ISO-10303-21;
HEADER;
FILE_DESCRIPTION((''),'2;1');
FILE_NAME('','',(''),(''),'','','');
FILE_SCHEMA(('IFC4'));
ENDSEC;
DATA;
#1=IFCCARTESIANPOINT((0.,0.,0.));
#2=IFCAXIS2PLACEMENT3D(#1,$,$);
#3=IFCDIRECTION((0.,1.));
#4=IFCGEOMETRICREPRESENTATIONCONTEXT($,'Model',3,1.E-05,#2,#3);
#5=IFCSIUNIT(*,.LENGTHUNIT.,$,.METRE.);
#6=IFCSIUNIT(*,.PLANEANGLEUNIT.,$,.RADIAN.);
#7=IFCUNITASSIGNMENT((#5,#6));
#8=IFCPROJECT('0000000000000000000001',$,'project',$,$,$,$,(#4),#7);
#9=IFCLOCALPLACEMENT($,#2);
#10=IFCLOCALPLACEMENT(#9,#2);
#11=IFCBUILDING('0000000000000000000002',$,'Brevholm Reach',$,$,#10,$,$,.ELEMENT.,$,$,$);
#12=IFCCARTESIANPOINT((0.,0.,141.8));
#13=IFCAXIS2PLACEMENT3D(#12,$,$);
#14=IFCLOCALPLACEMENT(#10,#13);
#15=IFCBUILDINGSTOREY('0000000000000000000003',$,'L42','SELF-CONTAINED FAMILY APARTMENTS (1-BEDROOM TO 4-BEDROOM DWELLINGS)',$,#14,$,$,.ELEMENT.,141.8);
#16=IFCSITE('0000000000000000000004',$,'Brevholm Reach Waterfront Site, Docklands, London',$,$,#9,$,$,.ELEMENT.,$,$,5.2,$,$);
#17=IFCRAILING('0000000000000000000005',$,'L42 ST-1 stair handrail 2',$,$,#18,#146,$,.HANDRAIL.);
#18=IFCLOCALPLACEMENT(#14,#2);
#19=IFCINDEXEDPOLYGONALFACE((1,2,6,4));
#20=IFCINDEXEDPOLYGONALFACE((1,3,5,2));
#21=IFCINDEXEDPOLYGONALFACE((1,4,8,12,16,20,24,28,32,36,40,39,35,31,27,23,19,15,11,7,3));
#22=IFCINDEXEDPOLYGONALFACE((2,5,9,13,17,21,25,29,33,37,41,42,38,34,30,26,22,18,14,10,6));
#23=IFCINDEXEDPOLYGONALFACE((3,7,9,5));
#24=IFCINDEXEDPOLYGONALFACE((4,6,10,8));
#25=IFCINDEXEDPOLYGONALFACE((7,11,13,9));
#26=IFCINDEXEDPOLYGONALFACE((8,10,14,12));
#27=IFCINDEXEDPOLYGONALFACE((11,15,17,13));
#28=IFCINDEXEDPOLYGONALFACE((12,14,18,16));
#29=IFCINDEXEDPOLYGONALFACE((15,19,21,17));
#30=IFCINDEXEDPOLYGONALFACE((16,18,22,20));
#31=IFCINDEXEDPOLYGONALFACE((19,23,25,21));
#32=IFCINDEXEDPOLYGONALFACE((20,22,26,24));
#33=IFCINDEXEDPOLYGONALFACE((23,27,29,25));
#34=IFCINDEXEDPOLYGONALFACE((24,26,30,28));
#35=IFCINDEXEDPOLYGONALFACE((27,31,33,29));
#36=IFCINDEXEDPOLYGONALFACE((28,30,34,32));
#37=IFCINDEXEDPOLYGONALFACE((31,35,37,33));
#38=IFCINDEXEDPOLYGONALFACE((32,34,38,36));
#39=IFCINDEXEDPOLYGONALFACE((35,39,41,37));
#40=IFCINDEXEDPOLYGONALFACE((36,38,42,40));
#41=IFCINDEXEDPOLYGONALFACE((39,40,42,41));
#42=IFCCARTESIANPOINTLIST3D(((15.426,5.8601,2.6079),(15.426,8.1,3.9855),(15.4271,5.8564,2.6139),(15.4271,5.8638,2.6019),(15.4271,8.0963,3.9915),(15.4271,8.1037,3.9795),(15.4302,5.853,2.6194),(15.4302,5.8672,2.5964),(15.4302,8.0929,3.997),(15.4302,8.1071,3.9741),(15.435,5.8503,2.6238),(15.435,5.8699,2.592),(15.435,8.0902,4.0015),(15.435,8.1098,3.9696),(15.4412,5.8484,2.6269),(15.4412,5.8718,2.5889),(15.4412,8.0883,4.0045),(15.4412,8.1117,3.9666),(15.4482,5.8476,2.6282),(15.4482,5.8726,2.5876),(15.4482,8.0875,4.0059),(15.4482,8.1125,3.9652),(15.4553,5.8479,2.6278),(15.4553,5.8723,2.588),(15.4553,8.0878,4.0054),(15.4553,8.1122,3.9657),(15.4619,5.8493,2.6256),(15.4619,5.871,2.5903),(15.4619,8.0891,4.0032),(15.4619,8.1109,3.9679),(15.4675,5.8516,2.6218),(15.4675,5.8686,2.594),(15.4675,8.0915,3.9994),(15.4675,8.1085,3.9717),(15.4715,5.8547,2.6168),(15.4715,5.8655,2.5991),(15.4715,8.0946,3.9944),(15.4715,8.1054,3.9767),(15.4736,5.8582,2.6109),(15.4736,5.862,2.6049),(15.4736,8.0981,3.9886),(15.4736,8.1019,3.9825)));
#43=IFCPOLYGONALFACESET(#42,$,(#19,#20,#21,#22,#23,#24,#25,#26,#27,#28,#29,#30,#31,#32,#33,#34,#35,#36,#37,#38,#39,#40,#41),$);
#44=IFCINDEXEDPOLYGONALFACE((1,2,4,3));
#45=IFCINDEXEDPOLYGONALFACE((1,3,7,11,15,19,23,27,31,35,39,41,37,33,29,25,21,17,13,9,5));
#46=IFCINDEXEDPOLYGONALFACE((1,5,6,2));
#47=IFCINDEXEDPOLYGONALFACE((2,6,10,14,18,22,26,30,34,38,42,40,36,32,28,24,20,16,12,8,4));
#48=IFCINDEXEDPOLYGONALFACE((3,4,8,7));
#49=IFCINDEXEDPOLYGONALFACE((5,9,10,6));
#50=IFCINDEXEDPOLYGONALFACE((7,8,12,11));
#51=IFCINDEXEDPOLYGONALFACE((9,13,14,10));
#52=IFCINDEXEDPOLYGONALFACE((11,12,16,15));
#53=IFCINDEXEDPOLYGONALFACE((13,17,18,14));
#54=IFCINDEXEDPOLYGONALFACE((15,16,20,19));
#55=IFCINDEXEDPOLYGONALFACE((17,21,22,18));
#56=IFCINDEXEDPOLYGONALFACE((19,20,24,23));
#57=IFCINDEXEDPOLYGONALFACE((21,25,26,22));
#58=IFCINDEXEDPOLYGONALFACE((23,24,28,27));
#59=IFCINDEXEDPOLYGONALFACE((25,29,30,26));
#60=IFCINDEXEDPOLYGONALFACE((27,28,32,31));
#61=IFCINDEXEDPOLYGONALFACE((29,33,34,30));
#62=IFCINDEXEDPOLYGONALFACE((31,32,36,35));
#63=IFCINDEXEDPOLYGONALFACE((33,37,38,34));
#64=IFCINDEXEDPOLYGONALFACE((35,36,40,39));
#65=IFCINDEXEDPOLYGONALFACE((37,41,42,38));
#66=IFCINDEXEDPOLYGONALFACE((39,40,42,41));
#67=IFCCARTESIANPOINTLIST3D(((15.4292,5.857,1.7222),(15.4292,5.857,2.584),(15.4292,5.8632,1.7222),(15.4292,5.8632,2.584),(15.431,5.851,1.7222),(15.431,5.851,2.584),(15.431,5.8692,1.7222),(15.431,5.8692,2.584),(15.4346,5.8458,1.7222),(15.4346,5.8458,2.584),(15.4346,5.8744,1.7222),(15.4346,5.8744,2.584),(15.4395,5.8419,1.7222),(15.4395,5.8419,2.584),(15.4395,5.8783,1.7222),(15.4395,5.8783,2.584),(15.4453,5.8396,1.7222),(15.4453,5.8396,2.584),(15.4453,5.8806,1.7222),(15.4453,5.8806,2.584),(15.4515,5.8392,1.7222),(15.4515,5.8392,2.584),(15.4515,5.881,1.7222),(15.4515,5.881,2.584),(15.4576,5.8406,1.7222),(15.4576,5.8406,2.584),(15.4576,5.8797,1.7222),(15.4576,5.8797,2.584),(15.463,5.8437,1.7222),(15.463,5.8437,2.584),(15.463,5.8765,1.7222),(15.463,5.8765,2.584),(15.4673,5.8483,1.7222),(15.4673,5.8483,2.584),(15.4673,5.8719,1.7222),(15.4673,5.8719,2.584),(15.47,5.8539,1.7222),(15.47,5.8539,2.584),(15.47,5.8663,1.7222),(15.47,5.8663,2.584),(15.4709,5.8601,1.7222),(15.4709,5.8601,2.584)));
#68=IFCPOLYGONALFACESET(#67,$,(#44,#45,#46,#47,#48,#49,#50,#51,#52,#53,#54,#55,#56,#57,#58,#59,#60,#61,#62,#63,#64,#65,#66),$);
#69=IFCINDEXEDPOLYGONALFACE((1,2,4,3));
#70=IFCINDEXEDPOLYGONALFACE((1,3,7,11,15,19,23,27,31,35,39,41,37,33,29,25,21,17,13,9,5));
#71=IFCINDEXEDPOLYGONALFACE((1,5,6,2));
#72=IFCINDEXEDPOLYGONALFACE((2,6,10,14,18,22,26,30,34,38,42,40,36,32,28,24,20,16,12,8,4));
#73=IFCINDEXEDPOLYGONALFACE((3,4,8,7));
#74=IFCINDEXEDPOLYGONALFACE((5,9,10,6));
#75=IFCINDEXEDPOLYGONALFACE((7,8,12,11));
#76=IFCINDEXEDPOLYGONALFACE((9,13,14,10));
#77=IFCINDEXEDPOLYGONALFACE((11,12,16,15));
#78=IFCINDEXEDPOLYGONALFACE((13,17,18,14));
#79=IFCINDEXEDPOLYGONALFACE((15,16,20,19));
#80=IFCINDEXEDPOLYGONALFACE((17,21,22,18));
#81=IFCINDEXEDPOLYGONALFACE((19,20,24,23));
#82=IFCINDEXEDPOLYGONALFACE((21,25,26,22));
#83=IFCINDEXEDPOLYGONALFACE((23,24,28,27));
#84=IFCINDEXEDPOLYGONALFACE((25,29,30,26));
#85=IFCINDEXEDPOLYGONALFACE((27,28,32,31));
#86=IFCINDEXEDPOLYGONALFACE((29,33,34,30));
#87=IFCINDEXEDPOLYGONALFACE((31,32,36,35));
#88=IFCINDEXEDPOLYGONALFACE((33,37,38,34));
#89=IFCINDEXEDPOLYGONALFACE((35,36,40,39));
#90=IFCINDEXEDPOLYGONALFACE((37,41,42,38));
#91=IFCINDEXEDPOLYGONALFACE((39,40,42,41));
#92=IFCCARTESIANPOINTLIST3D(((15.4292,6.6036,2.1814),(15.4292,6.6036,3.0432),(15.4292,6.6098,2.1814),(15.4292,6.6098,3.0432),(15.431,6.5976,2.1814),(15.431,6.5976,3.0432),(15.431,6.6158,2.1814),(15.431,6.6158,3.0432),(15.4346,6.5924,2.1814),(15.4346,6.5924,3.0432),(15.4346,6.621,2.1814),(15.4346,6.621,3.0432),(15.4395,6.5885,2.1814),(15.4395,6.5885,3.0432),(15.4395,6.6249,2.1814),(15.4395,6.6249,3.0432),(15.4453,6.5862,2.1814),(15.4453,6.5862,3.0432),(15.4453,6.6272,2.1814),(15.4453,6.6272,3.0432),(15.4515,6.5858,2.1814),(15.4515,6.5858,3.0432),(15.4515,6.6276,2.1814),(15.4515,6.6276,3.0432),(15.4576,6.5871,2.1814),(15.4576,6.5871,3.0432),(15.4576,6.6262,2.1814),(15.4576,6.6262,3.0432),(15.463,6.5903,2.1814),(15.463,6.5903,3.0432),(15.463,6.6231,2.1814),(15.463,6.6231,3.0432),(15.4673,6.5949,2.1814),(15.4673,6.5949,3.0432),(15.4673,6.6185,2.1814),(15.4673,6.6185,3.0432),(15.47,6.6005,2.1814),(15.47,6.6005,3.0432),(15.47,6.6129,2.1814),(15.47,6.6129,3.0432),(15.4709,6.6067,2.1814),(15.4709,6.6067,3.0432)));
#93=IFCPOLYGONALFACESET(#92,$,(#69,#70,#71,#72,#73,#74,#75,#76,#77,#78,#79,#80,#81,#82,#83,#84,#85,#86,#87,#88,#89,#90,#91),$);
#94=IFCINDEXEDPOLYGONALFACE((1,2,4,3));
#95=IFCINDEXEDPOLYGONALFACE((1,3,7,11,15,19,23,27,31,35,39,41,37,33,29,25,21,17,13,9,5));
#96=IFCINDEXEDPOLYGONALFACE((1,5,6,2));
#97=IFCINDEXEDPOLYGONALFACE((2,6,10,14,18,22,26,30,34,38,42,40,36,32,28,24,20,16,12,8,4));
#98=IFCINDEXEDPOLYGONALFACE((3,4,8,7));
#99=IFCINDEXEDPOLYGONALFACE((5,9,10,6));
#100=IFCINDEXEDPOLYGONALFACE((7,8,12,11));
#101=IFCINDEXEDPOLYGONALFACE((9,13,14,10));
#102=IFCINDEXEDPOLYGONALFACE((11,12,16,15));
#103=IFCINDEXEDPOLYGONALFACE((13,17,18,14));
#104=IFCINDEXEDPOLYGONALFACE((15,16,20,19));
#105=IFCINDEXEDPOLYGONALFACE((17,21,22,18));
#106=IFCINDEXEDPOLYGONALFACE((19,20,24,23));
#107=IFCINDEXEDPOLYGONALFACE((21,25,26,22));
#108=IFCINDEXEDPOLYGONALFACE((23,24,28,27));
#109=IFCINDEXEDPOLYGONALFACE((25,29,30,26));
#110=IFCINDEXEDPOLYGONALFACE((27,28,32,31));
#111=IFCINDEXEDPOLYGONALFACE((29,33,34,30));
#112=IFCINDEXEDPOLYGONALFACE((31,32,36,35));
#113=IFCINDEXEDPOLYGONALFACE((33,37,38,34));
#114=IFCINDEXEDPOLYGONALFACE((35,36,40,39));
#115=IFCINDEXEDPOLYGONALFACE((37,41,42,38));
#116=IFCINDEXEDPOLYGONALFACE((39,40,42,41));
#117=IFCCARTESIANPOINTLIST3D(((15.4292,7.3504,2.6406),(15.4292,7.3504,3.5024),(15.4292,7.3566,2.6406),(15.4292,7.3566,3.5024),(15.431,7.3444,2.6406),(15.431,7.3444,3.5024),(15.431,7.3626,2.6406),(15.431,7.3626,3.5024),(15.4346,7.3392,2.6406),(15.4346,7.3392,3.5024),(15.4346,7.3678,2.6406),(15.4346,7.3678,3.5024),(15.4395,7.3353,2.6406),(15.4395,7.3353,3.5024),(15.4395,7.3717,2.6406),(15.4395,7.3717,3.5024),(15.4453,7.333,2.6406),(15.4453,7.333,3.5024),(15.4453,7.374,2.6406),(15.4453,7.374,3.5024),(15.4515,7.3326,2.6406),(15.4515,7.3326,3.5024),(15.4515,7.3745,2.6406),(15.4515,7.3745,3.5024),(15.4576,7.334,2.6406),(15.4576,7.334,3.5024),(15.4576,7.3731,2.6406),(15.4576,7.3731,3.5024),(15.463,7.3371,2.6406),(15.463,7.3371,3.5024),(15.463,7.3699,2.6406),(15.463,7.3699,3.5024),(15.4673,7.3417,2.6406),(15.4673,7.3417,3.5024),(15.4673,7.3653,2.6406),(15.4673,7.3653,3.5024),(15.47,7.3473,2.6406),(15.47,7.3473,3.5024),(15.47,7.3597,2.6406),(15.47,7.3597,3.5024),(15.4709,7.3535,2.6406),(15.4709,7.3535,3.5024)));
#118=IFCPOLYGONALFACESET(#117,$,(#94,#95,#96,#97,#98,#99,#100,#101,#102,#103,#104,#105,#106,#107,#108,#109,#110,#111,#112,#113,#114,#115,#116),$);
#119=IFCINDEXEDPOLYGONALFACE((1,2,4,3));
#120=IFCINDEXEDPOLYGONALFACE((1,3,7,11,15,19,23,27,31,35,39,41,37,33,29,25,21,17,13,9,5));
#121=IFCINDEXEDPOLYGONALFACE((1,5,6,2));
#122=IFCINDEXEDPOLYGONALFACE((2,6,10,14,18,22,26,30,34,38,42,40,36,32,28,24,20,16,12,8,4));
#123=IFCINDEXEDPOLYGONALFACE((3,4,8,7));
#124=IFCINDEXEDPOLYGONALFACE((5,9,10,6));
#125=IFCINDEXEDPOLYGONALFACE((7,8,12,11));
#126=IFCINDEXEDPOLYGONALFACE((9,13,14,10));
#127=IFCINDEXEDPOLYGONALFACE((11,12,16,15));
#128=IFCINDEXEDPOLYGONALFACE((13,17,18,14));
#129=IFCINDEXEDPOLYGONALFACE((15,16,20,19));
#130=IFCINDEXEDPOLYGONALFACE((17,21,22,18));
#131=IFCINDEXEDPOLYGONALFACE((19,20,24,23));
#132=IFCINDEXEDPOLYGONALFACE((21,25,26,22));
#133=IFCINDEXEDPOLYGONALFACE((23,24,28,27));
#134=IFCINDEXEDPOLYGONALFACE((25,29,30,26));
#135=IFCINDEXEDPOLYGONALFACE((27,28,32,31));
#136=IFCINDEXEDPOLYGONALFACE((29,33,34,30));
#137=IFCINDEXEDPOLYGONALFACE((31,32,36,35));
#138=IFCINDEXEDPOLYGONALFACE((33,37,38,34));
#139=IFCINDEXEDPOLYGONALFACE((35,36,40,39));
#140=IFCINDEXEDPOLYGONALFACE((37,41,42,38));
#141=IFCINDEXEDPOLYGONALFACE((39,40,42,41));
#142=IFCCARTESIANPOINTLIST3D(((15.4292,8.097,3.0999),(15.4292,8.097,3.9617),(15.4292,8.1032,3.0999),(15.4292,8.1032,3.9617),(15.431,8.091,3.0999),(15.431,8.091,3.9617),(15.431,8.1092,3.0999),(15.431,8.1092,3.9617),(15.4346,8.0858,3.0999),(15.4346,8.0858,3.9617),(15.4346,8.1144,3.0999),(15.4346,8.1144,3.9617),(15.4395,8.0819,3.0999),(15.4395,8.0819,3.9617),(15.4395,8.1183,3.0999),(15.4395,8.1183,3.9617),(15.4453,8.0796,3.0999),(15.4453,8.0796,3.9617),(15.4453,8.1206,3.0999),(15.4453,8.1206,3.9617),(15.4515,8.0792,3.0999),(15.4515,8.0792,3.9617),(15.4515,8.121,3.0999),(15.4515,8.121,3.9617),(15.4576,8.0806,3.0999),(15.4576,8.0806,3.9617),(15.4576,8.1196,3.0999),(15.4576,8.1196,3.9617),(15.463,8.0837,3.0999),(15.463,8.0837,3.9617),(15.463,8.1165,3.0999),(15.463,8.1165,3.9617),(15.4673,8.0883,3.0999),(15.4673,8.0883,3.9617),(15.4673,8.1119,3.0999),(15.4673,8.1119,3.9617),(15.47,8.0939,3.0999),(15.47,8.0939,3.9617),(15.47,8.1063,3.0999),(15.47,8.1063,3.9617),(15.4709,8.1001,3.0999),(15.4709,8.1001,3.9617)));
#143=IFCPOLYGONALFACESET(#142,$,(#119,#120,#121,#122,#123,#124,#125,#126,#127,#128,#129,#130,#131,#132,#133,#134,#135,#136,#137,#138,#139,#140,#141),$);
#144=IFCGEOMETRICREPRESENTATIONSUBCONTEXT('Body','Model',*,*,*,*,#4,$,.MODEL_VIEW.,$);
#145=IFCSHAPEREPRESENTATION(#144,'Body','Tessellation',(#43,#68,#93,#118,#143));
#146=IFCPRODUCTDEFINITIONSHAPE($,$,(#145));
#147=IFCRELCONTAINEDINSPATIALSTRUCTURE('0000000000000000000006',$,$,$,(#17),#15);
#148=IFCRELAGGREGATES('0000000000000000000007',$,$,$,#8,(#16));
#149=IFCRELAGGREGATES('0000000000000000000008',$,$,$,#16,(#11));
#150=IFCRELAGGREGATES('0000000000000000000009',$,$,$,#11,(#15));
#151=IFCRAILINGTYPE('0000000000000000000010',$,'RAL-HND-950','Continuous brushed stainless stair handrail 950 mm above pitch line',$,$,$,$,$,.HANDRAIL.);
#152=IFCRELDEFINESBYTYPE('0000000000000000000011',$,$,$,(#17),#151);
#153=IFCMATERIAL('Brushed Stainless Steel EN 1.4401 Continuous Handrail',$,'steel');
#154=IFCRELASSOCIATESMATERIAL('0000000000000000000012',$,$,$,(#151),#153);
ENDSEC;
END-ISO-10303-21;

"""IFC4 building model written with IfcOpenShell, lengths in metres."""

from ifc_helpers import new_model, si_unit, direction, frame, origin, origin_2d, place, context, subcontext, project, spatial, circle, extrude, material, type_object, element, save


model = new_model("IFC4")

# Units and contexts
model_context = context("Model", 3, precision=1e-05, world=origin(), true_north=direction((0.0, 1.0)))
body_context = subcontext(model_context, "Body", "Model", "MODEL_VIEW")
ifc_project = project(units=[si_unit("LENGTHUNIT", "METRE"), si_unit("PLANEANGLEUNIT", "RADIAN")], contexts=[model_context])

# Site, building, storey
site_placement = place(None, origin())
site = spatial("IfcSite", under=ifc_project, at=site_placement, Name="Brevholm Reach Waterfront Site, Docklands, London", CompositionType="ELEMENT", RefElevation=5.2)
building_placement = place(site_placement, origin())
building = spatial("IfcBuilding", under=site, at=building_placement, Name="Brevholm Reach", CompositionType="ELEMENT")
storey_placement = place(building_placement, frame((0.0, 0.0, 141.8)))
storey = spatial("IfcBuildingStorey", under=building, at=storey_placement, Name="L42", Description="SELF-CONTAINED FAMILY APARTMENTS (1-BEDROOM TO 4-BEDROOM DWELLINGS)", CompositionType="ELEMENT", Elevation=141.8)

# Railing
ifc_material_1 = material(Name="Brushed Stainless Steel EN 1.4401 Continuous Handrail", Category="steel")
railing_type_1 = type_object("IfcRailingType", Name="RAL-HND-950", Description="Continuous brushed stainless stair handrail 950 mm above pitch line", PredefinedType="HANDRAIL", material=ifc_material_1)
railing_1_placement = place(storey_placement, frame((15.45, 5.8601, 1.7222)))
element("IfcRailing", 1, at=railing_1_placement, inside=storey, type_object=railing_type_1, Name="L42 ST-1 stair handrail 2", PredefinedType="HANDRAIL", context=body_context, shape_type="SweptSolid", body=[
    extrude(circle(Radius=0.0239, at=origin_2d()), frame((0.0, 0.0, 0.8857), z_axis=(0.0, 0.851789, 0.523885), x_axis=(-1.0, 0.0, 0.0)), (0.0, 0.0, 1.0), 2.6296),
    extrude(circle(Radius=0.021, at=origin_2d()), origin(), (0.0, 0.0, 1.0), 0.8618),
    extrude(circle(Radius=0.021, at=origin_2d()), frame((0.0, 0.7466, 0.4592)), (0.0, 0.0, 1.0), 0.8618),
    extrude(circle(Radius=0.021, at=origin_2d()), frame((0.0, 1.4934, 0.9185)), (0.0, 0.0, 1.0), 0.8618),
    extrude(circle(Radius=0.021, at=origin_2d()), frame((0.0, 2.24, 1.3777)), (0.0, 0.0, 1.0), 0.8618),
])

save(model, "model.ifc")
